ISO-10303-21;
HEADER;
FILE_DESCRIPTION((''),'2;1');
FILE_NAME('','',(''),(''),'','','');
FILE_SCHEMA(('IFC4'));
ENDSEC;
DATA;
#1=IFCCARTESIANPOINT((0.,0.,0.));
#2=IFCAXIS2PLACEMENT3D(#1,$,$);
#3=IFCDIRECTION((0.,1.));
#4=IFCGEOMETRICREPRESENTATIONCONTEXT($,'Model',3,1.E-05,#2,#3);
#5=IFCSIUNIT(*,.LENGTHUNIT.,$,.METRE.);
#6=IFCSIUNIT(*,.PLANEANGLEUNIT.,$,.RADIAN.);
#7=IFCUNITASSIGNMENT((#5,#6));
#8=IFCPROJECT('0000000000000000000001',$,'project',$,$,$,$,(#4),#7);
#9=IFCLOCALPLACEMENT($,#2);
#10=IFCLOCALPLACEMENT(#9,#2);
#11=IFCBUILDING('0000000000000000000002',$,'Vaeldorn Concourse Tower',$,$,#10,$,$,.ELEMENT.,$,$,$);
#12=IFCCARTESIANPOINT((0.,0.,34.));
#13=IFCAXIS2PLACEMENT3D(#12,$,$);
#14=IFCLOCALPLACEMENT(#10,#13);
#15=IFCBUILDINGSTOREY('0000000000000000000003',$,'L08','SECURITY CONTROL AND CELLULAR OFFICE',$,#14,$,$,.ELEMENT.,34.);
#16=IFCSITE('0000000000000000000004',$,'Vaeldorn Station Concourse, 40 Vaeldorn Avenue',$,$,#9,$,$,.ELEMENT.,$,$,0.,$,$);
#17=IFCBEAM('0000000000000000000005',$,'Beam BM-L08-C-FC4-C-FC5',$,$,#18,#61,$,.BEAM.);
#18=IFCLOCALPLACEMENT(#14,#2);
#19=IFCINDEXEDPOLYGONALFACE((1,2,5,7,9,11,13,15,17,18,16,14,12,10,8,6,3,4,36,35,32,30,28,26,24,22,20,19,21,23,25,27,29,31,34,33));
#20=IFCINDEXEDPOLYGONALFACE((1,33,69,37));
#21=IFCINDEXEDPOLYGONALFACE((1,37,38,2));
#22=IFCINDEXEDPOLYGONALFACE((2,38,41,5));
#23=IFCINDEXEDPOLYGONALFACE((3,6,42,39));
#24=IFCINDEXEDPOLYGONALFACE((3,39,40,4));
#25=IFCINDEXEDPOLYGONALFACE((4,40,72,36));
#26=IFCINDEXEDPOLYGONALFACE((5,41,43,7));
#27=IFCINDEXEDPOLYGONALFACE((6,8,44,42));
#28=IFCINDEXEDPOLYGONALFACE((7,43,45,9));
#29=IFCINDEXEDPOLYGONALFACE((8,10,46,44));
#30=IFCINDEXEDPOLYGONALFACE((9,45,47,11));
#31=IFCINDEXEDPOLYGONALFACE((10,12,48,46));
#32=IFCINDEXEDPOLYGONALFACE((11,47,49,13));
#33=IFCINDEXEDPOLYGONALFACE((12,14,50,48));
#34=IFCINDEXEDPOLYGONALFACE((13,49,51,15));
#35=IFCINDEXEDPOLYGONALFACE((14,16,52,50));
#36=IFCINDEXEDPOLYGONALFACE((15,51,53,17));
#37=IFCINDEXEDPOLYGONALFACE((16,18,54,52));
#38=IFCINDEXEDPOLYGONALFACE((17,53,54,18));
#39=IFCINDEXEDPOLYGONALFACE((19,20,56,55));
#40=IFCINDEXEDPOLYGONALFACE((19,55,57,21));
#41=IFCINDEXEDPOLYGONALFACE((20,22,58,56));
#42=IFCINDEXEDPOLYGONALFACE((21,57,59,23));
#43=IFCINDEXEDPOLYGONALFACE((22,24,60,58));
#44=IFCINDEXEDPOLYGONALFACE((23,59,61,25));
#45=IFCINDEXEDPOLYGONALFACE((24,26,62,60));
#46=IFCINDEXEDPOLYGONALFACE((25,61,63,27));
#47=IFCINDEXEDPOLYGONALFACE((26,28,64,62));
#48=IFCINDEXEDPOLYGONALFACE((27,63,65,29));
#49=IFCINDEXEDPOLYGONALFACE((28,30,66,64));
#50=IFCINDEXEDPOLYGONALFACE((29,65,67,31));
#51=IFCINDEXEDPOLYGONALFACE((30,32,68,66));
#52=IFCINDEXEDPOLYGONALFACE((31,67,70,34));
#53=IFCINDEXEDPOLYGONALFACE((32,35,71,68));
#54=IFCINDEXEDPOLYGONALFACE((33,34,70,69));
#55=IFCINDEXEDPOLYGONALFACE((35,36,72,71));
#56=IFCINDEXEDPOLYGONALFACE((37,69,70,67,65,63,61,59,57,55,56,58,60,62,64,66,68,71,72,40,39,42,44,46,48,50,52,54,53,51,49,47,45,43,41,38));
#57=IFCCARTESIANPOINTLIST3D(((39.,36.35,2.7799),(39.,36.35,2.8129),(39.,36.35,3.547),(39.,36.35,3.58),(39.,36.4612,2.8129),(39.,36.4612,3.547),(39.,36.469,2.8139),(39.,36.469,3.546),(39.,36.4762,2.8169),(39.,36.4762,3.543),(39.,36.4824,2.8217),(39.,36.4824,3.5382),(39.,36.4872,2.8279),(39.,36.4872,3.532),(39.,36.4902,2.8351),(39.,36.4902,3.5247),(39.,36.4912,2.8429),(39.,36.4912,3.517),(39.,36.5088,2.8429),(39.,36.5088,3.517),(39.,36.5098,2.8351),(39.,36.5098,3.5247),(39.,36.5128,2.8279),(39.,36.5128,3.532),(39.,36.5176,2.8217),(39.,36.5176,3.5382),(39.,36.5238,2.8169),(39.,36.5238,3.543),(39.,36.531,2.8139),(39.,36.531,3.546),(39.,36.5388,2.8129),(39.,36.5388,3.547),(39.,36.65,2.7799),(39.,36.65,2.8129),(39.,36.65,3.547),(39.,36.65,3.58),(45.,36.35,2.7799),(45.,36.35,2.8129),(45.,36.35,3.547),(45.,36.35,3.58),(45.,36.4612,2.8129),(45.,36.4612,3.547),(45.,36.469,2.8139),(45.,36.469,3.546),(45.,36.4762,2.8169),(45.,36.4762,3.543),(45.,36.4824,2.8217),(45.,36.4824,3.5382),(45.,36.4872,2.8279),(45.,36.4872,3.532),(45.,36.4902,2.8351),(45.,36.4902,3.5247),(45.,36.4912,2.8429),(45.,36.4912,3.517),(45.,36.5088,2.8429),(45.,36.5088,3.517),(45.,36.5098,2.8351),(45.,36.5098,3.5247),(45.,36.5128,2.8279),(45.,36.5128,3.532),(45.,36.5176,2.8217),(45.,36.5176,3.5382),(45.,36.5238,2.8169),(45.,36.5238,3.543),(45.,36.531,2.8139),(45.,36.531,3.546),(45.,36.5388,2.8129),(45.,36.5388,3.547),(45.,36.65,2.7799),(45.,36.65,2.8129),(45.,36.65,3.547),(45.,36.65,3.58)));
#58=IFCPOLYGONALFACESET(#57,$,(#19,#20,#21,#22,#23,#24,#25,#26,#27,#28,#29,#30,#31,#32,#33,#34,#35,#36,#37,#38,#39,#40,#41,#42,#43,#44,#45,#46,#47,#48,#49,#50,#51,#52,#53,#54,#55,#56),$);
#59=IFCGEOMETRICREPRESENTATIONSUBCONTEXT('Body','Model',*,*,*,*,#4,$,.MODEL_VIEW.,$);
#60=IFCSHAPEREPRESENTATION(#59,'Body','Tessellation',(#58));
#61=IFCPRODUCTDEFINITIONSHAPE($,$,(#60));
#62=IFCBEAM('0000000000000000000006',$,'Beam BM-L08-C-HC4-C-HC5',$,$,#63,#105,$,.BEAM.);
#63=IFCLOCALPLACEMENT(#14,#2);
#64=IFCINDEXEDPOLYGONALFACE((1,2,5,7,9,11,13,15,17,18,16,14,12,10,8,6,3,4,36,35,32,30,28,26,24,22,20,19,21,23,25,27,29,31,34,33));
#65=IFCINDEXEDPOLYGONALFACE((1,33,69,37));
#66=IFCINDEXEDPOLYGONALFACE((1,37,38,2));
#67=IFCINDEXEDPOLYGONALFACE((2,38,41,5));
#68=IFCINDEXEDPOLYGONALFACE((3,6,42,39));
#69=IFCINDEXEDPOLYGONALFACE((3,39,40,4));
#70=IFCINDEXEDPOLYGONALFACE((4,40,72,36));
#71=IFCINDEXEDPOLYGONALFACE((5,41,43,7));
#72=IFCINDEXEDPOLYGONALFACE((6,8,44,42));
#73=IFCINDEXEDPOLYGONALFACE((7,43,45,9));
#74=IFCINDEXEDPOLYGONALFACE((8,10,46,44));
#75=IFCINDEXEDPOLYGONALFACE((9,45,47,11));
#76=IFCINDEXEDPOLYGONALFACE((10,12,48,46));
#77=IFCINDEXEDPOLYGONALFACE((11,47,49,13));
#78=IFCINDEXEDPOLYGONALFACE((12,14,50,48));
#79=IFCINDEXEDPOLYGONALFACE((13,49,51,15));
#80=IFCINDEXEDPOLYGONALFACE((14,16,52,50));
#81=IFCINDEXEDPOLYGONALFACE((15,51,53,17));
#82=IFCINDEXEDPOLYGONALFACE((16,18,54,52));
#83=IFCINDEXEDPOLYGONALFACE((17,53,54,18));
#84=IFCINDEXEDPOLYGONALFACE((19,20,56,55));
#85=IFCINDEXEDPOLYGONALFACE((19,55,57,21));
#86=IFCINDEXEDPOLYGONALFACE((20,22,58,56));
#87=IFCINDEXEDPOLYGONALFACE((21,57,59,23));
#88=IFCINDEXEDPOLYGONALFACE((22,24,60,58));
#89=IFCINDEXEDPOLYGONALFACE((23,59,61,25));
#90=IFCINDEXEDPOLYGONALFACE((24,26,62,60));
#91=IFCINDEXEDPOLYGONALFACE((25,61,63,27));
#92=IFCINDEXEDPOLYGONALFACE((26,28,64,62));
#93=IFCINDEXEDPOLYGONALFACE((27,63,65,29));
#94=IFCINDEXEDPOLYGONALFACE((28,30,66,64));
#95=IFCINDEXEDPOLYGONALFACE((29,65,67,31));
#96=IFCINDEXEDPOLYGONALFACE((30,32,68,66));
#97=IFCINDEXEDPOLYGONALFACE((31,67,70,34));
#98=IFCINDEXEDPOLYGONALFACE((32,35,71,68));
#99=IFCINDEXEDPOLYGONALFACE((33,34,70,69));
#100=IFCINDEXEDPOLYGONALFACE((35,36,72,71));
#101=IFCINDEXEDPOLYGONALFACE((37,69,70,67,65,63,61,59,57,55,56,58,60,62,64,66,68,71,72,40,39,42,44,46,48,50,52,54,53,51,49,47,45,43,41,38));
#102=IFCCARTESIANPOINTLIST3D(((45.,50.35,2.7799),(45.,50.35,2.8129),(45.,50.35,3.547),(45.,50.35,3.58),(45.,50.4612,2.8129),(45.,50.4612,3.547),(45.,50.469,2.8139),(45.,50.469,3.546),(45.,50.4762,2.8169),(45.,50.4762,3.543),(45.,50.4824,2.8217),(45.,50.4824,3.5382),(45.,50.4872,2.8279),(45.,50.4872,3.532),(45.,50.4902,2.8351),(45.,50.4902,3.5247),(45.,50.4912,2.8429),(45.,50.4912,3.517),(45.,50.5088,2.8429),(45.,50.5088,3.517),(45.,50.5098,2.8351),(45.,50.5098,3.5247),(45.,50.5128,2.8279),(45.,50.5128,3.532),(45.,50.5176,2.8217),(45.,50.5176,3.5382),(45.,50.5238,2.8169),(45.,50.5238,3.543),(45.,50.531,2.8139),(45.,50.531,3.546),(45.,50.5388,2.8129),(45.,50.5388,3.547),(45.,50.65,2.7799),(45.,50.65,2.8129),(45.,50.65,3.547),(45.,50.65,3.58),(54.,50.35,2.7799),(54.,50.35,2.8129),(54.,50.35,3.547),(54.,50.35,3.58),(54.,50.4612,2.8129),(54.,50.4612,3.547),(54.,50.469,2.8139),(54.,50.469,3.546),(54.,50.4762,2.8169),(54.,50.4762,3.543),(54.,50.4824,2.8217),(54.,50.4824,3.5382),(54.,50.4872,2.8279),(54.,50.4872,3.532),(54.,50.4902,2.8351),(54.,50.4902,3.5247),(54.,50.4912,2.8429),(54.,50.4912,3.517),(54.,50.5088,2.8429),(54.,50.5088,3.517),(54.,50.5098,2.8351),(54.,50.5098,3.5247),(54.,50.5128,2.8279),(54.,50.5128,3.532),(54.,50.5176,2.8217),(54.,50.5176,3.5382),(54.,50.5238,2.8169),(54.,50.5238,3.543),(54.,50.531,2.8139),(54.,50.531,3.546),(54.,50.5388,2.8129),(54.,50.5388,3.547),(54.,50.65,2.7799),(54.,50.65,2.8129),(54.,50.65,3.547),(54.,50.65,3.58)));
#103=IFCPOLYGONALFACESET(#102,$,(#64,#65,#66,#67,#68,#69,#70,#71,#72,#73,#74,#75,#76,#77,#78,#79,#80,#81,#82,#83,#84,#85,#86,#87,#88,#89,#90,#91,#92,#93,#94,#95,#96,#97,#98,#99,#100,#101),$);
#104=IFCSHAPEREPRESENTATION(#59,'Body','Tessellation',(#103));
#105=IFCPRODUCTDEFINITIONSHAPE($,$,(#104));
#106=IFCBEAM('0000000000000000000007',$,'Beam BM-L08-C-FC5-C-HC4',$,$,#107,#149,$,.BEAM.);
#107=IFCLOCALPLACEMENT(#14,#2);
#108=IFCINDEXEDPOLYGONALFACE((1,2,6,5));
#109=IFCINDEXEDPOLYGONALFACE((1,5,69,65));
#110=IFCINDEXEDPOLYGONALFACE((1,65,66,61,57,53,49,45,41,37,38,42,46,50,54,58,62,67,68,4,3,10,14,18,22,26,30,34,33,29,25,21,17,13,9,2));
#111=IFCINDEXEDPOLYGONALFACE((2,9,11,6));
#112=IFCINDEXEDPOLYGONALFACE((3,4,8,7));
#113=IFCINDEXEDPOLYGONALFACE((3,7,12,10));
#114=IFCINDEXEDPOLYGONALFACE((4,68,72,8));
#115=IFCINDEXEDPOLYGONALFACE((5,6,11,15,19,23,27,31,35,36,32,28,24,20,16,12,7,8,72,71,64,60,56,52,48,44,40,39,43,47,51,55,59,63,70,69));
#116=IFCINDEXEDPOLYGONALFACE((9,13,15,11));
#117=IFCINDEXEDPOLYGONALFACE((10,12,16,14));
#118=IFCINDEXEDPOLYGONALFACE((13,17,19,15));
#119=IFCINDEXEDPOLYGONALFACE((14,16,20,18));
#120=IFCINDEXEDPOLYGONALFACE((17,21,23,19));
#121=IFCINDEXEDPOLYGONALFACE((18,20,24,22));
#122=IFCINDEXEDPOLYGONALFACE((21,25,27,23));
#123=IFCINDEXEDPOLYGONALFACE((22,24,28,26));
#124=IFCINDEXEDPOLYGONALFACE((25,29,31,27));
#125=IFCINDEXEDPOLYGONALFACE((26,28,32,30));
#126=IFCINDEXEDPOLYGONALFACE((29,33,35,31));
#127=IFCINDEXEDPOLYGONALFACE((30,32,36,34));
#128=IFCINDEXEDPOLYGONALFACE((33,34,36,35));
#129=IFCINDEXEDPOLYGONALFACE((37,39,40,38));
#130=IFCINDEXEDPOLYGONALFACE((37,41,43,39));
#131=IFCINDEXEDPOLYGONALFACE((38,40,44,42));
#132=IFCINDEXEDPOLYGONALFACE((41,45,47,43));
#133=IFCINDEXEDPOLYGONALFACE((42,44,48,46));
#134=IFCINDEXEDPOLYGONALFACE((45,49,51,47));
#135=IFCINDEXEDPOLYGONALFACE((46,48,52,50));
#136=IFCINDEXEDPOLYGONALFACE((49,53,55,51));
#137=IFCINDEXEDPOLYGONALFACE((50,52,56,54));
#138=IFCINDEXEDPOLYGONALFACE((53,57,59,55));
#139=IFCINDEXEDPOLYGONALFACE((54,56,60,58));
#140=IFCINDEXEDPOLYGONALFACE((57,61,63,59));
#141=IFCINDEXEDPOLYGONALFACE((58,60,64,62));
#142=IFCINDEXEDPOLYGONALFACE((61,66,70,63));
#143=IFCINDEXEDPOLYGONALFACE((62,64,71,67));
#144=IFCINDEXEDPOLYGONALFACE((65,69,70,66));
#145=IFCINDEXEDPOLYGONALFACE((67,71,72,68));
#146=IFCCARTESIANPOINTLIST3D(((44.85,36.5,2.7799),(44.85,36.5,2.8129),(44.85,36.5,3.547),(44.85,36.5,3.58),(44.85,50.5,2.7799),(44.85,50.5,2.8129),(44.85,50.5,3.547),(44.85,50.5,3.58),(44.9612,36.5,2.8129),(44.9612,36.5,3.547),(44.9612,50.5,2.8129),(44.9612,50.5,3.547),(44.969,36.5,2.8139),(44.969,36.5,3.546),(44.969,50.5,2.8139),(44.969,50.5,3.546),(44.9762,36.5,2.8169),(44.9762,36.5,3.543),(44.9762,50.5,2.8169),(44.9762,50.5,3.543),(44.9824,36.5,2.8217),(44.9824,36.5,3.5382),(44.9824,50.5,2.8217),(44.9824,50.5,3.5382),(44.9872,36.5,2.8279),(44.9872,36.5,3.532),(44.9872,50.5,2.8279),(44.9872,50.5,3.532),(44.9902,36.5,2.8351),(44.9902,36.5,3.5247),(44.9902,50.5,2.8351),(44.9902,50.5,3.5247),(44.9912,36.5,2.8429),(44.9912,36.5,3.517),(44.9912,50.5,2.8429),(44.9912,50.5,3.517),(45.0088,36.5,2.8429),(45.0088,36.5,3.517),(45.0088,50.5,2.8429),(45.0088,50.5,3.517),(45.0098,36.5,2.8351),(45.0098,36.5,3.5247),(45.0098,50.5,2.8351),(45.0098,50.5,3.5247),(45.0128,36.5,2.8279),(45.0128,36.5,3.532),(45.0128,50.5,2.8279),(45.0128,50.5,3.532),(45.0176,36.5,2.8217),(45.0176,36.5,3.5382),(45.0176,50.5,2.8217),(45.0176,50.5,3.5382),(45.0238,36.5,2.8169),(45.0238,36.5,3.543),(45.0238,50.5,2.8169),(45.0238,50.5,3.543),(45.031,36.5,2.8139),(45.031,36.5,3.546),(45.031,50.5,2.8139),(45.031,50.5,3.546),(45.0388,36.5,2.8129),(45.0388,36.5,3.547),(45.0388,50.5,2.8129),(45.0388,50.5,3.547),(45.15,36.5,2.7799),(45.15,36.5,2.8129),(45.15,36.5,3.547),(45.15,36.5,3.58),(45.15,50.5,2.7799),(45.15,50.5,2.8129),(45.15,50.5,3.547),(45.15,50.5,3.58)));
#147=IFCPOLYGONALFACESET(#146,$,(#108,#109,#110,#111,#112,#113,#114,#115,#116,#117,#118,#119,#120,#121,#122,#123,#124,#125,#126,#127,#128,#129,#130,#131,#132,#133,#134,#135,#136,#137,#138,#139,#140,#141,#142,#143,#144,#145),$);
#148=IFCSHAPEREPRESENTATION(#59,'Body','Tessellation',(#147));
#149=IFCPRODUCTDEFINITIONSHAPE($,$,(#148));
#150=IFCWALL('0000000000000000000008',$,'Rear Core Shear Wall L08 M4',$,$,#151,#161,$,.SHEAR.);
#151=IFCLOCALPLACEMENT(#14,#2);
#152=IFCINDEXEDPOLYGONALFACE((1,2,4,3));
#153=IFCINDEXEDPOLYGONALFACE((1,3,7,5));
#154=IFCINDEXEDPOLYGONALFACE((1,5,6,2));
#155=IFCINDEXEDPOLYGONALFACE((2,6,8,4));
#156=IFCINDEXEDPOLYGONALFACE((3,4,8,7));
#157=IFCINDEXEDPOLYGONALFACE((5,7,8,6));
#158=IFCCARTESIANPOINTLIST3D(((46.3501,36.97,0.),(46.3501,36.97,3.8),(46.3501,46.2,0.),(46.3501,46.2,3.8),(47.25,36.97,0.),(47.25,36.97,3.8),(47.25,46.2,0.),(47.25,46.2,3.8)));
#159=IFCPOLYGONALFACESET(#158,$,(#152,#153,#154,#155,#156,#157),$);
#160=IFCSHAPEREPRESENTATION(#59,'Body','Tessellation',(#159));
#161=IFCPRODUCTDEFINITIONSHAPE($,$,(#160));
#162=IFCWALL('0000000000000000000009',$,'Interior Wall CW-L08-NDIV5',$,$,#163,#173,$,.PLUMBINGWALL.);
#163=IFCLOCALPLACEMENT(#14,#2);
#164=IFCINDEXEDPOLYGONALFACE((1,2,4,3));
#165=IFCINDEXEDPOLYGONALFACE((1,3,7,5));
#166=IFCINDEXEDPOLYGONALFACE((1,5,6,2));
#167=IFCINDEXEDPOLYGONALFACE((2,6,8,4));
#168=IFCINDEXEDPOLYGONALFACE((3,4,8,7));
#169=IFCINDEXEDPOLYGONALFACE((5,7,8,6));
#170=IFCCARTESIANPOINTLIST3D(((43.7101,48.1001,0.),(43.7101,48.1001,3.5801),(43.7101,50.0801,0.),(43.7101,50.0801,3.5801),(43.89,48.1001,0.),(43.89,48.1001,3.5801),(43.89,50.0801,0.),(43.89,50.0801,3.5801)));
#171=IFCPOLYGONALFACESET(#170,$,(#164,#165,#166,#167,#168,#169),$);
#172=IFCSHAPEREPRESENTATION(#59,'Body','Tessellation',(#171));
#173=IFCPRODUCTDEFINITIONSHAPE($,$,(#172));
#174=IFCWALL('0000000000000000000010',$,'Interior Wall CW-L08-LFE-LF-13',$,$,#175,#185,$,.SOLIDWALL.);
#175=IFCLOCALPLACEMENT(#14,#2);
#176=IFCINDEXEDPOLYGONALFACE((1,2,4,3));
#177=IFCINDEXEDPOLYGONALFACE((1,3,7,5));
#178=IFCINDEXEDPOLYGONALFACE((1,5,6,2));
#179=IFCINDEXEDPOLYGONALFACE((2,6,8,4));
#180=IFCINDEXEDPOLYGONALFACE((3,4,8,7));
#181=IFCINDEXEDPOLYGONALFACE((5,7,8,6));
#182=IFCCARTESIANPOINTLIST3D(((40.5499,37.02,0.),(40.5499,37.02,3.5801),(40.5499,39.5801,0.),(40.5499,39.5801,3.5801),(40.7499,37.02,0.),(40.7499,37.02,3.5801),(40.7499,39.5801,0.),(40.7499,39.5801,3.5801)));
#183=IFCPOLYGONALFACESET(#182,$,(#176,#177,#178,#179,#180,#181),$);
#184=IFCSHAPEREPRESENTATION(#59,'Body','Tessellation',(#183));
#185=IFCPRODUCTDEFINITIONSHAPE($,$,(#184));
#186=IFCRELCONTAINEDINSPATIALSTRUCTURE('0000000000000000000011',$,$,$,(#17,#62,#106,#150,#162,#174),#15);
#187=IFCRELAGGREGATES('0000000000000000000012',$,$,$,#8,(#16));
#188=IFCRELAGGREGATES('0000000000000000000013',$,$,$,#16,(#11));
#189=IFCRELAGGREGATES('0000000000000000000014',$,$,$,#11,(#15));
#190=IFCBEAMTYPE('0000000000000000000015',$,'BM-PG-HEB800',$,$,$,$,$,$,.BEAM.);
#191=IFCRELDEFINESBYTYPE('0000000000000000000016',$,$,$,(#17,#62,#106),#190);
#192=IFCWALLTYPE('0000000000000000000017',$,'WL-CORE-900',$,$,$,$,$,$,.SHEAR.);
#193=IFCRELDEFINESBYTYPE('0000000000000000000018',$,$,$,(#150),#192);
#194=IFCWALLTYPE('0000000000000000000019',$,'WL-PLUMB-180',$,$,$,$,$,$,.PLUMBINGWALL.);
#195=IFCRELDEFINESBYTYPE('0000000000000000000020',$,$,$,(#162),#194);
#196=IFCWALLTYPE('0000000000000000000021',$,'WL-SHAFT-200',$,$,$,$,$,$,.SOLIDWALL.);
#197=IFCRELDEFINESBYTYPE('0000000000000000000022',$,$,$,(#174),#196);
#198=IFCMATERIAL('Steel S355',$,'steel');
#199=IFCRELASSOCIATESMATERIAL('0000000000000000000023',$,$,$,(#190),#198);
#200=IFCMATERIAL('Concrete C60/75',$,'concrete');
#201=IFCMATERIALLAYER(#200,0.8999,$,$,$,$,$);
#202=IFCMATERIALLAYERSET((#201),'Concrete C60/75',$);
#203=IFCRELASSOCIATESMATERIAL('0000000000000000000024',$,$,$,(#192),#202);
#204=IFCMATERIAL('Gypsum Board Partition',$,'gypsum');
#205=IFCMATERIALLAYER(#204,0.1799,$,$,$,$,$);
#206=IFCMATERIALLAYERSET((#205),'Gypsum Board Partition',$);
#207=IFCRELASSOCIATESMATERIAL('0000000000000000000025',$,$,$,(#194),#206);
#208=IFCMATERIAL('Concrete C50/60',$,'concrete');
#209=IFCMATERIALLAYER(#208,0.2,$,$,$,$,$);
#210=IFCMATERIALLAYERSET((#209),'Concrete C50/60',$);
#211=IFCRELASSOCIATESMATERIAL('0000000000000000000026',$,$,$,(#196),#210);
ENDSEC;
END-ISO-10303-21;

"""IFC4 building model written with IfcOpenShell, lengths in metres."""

from ifc_helpers import new_model, si_unit, direction, frame, frame_2d, origin, origin_2d, place, context, subcontext, project, spatial, rectangle, i_section, extrude, source, transform, mapped, material, layer, layer_set, material_profile, profile_set, type_object, element, save


model = new_model("IFC4")

# Units and contexts
model_context = context("Model", 3, precision=1e-05, world=origin(), true_north=direction((0.0, 1.0)))
body_context = subcontext(model_context, "Body", "Model", "MODEL_VIEW")
ifc_project = project(units=[si_unit("LENGTHUNIT", "METRE"), si_unit("PLANEANGLEUNIT", "RADIAN")], contexts=[model_context])

# Site, building, storey
site_placement = place(None, origin())
site = spatial("IfcSite", under=ifc_project, at=site_placement, Name="Vaeldorn Station Concourse, 40 Vaeldorn Avenue", CompositionType="ELEMENT", RefElevation=0.0)
building_placement = place(site_placement, origin())
building = spatial("IfcBuilding", under=site, at=building_placement, Name="Vaeldorn Concourse Tower", CompositionType="ELEMENT")
storey_placement = place(building_placement, frame((0.0, 0.0, 34.0)))
storey = spatial("IfcBuildingStorey", under=building, at=storey_placement, Name="L08", Description="SECURITY CONTROL AND CELLULAR OFFICE", CompositionType="ELEMENT", Elevation=34.0)

# Beams
ifc_material_1 = material(Name="Concrete C60/75", Category="concrete")
ifc_material_2 = material(Name="Steel S355", Category="steel")
ifc_material_profile_1 = material_profile(ifc_material_2, i_section(OverallWidth=0.3, OverallDepth=0.8, WebThickness=0.0176, FlangeThickness=0.033, FilletRadius=0.03, at=origin_2d()), Name="HEB 800")
ifc_profile_set_1 = profile_set([ifc_material_profile_1], Name="Steel S355")
beam_type_1 = type_object("IfcBeamType", Name="BM-PG-HEB800", PredefinedType="BEAM", material=ifc_profile_set_1)
shared_shape_1 = source(origin(), body_context, "Body", "SweptSolid", [
    extrude(i_section(OverallWidth=0.3, OverallDepth=0.8, WebThickness=0.0176, FlangeThickness=0.033, FilletRadius=0.03, at=origin_2d()), origin(), (0.0, 0.0, 1.0), 6.0),
])
beam_1_placement = place(storey_placement, frame((39.0, 36.5, 3.1799), z_axis=(1.0, 0.0, 0.0), x_axis=(0.0, 1.0, 0.0)))
element("IfcBeam", 1, at=beam_1_placement, inside=storey, type_object=beam_type_1, Name="Beam BM-L08-C-FC4-C-FC5", PredefinedType="BEAM", context=body_context, shape_type="MappedRepresentation", body=[
    mapped(shared_shape_1, transform((0.0, 0.0, 0.0), scale=1.0)),
])
shared_shape_2 = source(origin(), body_context, "Body", "SweptSolid", [
    extrude(i_section(OverallWidth=0.3, OverallDepth=0.8, WebThickness=0.0176, FlangeThickness=0.033, FilletRadius=0.03, at=origin_2d()), origin(), (0.0, 0.0, 1.0), 9.0),
])
beam_2_placement = place(storey_placement, frame((45.0, 50.5, 3.1799), z_axis=(1.0, 0.0, 0.0), x_axis=(0.0, 1.0, 0.0)))
element("IfcBeam", 2, at=beam_2_placement, inside=storey, type_object=beam_type_1, Name="Beam BM-L08-C-HC4-C-HC5", PredefinedType="BEAM", context=body_context, shape_type="MappedRepresentation", body=[
    mapped(shared_shape_2, transform((0.0, 0.0, 0.0), scale=1.0)),
])
shared_shape_3 = source(origin(), body_context, "Body", "SweptSolid", [
    extrude(i_section(OverallWidth=0.3, OverallDepth=0.8, WebThickness=0.0176, FlangeThickness=0.033, FilletRadius=0.03, at=origin_2d()), origin(), (0.0, 0.0, 1.0), 14.0),
])
beam_3_placement = place(storey_placement, frame((45.0, 36.5, 3.1799), z_axis=(0.0, 1.0, 0.0), x_axis=(-1.0, 0.0, 0.0)))
element("IfcBeam", 3, at=beam_3_placement, inside=storey, type_object=beam_type_1, Name="Beam BM-L08-C-FC5-C-HC4", PredefinedType="BEAM", context=body_context, shape_type="MappedRepresentation", body=[
    mapped(shared_shape_3, transform((0.0, 0.0, 0.0), scale=1.0)),
])

# Walls
ifc_layer_1 = layer(ifc_material_1, 0.8999)
ifc_layer_set_1 = layer_set([ifc_layer_1], Name="Concrete C60/75")
wall_type_1 = type_object("IfcWallType", Name="WL-CORE-900", PredefinedType="SHEAR", material=ifc_layer_set_1)
wall_1_placement = place(storey_placement, frame((46.8, 36.97, 0.0), z_axis=(0.0, 0.0, 1.0), x_axis=(0.0, 1.0, 0.0)))
element("IfcWall", 4, at=wall_1_placement, inside=storey, type_object=wall_type_1, Name="Rear Core Shear Wall L08 M4", PredefinedType="SHEAR", context=body_context, shape_type="SweptSolid", body=[
    extrude(rectangle(XDim=9.23, YDim=0.8999, at=frame_2d((4.615, 0.0))), origin(), (0.0, 0.0, 1.0), 3.8),
])
ifc_material_3 = material(Name="Gypsum Board Partition", Category="gypsum")
ifc_layer_2 = layer(ifc_material_3, 0.1799)
ifc_layer_set_2 = layer_set([ifc_layer_2], Name="Gypsum Board Partition")
wall_type_2 = type_object("IfcWallType", Name="WL-PLUMB-180", PredefinedType="PLUMBINGWALL", material=ifc_layer_set_2)
wall_2_placement = place(storey_placement, frame((43.8, 48.1001, 0.0), z_axis=(0.0, 0.0, 1.0), x_axis=(0.0, 1.0, 0.0)))
element("IfcWall", 5, at=wall_2_placement, inside=storey, type_object=wall_type_2, Name="Interior Wall CW-L08-NDIV5", PredefinedType="PLUMBINGWALL", context=body_context, shape_type="SweptSolid", body=[
    extrude(rectangle(XDim=1.98, YDim=0.1799, at=frame_2d((0.99, 0.0))), origin(), (0.0, 0.0, 1.0), 3.5801),
])

# Shared definitions
ifc_material_4 = material(Name="Concrete C50/60", Category="concrete")
ifc_layer_3 = layer(ifc_material_4, 0.2)
ifc_layer_set_3 = layer_set([ifc_layer_3], Name="Concrete C50/60")
wall_type_3 = type_object("IfcWallType", Name="WL-SHAFT-200", PredefinedType="SOLIDWALL", material=ifc_layer_set_3)

# Wall
wall_3_placement = place(storey_placement, frame((40.6499, 37.02, 0.0), z_axis=(0.0, 0.0, 1.0), x_axis=(0.0, 1.0, 0.0)))
element("IfcWall", 6, at=wall_3_placement, inside=storey, type_object=wall_type_3, Name="Interior Wall CW-L08-LFE-LF-13", PredefinedType="SOLIDWALL", context=body_context, shape_type="SweptSolid", body=[
    extrude(rectangle(XDim=2.5601, YDim=0.2, at=frame_2d((1.28, 0.0))), origin(), (0.0, 0.0, 1.0), 3.5801),
])

save(model, "model.ifc")
